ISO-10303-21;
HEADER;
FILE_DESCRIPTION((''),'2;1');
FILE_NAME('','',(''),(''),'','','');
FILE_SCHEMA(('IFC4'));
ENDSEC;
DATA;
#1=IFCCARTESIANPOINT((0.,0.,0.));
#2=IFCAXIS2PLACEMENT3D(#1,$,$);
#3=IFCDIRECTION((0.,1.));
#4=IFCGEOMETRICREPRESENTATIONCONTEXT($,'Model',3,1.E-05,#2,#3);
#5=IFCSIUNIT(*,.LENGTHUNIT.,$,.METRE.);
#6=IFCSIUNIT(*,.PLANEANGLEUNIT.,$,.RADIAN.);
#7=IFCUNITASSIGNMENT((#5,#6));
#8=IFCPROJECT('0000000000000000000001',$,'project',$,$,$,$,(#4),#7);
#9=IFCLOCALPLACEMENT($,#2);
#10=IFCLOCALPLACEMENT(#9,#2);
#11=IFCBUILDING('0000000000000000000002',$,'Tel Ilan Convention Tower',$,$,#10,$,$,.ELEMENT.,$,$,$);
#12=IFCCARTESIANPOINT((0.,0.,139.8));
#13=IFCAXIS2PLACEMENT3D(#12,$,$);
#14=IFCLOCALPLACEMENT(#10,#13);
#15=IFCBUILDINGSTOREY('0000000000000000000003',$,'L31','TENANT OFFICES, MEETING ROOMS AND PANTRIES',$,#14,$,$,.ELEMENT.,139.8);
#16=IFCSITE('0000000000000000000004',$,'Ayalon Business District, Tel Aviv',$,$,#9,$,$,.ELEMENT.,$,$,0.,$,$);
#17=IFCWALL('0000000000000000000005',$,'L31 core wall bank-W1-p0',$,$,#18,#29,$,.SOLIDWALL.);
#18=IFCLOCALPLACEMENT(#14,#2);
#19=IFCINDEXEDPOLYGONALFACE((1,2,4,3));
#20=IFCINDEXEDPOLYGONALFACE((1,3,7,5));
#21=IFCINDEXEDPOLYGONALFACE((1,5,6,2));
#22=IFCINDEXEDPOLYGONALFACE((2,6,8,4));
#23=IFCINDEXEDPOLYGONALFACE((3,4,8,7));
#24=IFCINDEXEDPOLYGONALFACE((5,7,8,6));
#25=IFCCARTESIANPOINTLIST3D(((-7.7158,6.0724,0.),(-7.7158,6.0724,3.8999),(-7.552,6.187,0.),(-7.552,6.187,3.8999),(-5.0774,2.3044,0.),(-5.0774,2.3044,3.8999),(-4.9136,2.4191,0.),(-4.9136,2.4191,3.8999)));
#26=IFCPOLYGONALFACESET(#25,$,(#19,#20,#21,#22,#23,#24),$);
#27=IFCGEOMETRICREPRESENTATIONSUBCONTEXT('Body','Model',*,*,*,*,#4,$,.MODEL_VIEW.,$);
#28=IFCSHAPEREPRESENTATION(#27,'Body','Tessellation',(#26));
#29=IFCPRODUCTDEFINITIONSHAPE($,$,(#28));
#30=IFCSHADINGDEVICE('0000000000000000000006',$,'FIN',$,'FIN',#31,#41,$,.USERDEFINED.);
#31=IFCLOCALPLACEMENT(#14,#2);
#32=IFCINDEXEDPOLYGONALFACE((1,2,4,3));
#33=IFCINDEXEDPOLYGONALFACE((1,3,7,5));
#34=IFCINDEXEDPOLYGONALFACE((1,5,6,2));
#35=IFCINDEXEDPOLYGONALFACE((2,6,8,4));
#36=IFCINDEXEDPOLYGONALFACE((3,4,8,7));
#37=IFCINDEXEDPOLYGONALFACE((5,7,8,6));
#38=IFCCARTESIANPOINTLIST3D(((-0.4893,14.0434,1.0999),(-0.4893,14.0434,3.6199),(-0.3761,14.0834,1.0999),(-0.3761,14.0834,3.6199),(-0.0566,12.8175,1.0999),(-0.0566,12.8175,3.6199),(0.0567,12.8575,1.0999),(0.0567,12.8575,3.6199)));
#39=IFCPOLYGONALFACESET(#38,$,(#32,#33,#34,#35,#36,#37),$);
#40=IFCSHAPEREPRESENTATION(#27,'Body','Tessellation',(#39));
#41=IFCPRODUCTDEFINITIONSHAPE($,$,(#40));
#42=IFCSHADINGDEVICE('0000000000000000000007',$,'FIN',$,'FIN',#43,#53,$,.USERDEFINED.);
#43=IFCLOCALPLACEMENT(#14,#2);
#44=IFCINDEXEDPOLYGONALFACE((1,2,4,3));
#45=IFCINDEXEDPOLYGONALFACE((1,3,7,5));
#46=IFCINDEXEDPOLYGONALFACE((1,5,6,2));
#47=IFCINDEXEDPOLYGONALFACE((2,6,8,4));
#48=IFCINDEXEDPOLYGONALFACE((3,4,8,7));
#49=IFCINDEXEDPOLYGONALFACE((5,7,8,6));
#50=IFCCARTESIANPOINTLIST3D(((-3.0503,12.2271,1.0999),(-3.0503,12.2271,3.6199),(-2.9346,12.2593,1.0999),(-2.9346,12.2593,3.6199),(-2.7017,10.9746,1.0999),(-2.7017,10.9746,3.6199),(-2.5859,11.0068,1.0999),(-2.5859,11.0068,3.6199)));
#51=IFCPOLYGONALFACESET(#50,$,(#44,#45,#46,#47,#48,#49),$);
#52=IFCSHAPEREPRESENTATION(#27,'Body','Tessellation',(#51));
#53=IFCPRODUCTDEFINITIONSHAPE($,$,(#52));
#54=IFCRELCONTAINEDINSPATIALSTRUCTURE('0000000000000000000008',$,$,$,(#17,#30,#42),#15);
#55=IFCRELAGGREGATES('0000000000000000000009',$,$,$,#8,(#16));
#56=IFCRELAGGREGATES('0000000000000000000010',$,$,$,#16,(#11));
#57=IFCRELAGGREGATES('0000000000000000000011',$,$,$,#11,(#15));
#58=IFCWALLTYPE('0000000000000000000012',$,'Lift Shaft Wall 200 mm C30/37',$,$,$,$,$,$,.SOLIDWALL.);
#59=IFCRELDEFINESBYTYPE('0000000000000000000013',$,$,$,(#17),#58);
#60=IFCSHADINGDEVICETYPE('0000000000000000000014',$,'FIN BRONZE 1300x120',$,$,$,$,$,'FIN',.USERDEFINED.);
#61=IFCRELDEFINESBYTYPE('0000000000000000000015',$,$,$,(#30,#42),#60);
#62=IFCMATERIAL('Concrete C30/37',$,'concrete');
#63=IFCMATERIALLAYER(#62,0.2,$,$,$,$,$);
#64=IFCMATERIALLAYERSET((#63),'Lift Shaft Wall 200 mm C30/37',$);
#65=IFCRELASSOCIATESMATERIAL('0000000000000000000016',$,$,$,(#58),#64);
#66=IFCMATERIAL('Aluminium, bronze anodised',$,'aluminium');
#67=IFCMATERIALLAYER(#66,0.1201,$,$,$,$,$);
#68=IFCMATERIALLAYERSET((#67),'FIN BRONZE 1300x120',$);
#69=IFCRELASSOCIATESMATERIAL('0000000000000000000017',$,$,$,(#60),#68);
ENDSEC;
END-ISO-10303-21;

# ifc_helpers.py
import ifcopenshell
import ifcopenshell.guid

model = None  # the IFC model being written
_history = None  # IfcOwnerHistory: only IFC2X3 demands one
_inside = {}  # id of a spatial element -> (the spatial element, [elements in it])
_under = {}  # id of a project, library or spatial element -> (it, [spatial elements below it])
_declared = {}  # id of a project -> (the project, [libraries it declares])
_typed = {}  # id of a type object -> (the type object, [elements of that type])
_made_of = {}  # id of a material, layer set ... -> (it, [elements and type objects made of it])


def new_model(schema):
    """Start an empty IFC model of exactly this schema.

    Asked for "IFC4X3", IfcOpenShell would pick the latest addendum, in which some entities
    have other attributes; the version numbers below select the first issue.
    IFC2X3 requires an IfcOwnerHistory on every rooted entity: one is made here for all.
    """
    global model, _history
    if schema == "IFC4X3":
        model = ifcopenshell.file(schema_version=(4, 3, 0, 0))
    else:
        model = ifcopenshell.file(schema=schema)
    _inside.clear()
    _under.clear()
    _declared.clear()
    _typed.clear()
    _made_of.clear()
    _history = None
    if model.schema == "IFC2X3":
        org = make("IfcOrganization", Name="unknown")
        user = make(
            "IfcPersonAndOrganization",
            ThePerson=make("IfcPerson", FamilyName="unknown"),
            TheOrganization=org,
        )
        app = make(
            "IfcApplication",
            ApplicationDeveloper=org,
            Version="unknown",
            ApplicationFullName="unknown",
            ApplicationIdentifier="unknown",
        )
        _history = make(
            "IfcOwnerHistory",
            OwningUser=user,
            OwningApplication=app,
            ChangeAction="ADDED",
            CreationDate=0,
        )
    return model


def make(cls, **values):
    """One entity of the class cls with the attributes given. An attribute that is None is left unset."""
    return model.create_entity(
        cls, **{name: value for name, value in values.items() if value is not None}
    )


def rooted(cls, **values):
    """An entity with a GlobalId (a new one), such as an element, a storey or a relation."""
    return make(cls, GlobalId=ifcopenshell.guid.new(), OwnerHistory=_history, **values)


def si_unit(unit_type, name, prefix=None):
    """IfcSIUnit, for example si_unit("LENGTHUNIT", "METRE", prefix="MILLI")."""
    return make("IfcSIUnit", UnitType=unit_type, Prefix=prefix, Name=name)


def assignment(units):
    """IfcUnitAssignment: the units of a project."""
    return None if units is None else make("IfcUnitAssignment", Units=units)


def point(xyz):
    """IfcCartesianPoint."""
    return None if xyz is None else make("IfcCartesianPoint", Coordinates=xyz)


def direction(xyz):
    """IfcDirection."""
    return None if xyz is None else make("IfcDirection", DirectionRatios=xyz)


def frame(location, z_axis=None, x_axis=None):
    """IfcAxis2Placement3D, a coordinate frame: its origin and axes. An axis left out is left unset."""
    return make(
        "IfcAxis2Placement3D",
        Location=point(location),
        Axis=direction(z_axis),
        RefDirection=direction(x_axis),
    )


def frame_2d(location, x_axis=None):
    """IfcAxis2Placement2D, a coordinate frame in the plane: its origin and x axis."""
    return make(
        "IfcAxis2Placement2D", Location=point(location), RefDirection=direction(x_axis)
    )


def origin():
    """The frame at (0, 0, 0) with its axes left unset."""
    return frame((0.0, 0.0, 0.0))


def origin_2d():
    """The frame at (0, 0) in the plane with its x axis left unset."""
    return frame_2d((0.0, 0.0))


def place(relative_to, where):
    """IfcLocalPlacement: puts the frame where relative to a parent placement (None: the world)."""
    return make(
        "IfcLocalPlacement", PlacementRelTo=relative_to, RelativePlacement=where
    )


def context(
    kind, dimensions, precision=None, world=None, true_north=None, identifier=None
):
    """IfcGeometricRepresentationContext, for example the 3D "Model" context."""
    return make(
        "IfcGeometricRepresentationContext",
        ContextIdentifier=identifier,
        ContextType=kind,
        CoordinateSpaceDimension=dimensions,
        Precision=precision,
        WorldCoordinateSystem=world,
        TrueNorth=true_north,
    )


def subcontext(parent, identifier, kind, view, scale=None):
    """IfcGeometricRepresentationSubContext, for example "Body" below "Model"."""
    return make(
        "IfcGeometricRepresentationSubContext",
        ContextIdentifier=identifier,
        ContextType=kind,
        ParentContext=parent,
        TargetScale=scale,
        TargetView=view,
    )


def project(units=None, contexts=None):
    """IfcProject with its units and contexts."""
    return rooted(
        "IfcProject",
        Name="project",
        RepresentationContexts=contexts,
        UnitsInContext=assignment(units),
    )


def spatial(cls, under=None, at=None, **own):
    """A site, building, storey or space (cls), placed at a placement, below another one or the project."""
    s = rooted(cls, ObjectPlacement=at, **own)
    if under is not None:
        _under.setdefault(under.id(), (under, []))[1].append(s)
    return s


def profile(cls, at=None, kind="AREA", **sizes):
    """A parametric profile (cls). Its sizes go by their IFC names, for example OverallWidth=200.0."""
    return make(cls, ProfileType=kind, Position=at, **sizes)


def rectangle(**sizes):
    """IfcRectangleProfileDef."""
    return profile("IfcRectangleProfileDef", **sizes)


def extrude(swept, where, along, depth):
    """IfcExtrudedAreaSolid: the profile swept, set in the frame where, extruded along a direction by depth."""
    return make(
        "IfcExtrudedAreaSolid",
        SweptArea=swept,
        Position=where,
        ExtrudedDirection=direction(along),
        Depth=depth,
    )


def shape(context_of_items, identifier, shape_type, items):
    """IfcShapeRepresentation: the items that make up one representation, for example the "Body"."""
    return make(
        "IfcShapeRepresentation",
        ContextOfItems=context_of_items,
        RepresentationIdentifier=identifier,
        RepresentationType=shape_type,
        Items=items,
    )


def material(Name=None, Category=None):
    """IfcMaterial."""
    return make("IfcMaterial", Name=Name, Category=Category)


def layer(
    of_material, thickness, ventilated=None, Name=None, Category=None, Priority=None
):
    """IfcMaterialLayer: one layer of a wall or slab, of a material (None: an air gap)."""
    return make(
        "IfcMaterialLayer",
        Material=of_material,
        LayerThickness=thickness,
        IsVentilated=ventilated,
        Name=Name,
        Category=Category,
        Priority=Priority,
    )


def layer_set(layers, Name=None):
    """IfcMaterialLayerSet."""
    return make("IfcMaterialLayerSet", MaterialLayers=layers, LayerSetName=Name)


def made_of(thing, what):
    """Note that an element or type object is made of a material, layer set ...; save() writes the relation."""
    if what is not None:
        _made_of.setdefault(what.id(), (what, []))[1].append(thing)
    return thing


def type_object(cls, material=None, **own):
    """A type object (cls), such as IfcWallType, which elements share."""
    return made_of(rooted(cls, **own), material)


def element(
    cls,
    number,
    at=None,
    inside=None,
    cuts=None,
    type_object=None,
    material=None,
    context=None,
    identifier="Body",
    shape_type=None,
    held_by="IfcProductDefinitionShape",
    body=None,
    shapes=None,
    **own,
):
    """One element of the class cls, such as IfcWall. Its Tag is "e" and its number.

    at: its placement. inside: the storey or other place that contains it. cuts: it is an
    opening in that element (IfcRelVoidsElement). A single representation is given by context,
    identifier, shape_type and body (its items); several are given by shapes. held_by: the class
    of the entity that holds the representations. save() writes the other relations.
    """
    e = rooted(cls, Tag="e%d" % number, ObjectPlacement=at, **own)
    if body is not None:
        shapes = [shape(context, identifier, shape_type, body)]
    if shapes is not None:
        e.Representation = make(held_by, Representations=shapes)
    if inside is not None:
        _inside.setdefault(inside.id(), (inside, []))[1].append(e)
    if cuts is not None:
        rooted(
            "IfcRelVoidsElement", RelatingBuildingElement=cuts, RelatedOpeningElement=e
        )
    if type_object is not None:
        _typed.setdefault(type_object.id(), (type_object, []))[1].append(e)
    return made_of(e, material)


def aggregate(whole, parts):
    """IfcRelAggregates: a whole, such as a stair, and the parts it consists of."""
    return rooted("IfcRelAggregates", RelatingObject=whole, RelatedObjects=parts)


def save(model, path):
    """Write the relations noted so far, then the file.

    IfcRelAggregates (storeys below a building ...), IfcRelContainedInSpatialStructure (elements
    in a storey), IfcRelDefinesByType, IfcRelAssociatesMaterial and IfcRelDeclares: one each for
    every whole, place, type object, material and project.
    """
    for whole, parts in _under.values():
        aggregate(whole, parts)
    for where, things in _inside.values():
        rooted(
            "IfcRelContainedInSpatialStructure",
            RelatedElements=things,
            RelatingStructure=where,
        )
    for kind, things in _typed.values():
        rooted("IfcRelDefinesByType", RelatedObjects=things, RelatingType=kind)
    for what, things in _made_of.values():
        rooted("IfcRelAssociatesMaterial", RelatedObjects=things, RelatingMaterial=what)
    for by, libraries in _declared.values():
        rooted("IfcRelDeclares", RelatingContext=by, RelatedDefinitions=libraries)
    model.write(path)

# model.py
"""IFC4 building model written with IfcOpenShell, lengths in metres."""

from ifc_helpers import new_model, si_unit, direction, frame, frame_2d, origin, origin_2d, place, context, subcontext, project, spatial, rectangle, extrude, material, layer, layer_set, type_object, element, save


model = new_model("IFC4")

# Units and contexts
model_context = context("Model", 3, precision=1e-05, world=origin(), true_north=direction((0.0, 1.0)))
body_context = subcontext(model_context, "Body", "Model", "MODEL_VIEW")
ifc_project = project(units=[si_unit("LENGTHUNIT", "METRE"), si_unit("PLANEANGLEUNIT", "RADIAN")], contexts=[model_context])

# Site, building, storey
site_placement = place(None, origin())
site = spatial("IfcSite", under=ifc_project, at=site_placement, Name="Ayalon Business District, Tel Aviv", CompositionType="ELEMENT", RefElevation=0.0)
building_placement = place(site_placement, origin())
building = spatial("IfcBuilding", under=site, at=building_placement, Name="Tel Ilan Convention Tower", CompositionType="ELEMENT")
storey_placement = place(building_placement, frame((0.0, 0.0, 139.8)))
storey = spatial("IfcBuildingStorey", under=building, at=storey_placement, Name="L31", Description="TENANT OFFICES, MEETING ROOMS AND PANTRIES", CompositionType="ELEMENT", Elevation=139.8)

# Wall
ifc_material_1 = material(Name="Concrete C30/37", Category="concrete")
ifc_layer_1 = layer(ifc_material_1, 0.2)
ifc_layer_set_1 = layer_set([ifc_layer_1], Name="Lift Shaft Wall 200 mm C30/37")
wall_type_1 = type_object("IfcWallType", Name="Lift Shaft Wall 200 mm C30/37", PredefinedType="SOLIDWALL", material=ifc_layer_set_1)
wall_1_placement = place(storey_placement, frame((-4.9956, 2.3618, 0.0), z_axis=(0.0, 0.0, 1.0), x_axis=(-0.573576, 0.819152, 0.0)))
element("IfcWall", 1, at=wall_1_placement, inside=storey, type_object=wall_type_1, Name="L31 core wall bank-W1-p0", PredefinedType="SOLIDWALL", context=body_context, shape_type="SweptSolid", body=[
    extrude(rectangle(XDim=4.5999, YDim=0.2, at=frame_2d((2.2998, 0.0))), origin(), (0.0, 0.0, 1.0), 3.8999),
])

# Shading devices
ifc_material_2 = material(Name="Aluminium, bronze anodised", Category="aluminium")
ifc_layer_2 = layer(ifc_material_2, 0.1201)
ifc_layer_set_2 = layer_set([ifc_layer_2], Name="FIN BRONZE 1300x120")
shading_device_type = type_object("IfcShadingDeviceType", Name="FIN BRONZE 1300x120", ElementType="FIN", PredefinedType="USERDEFINED", material=ifc_layer_set_2)
for number, where, z_axis, x_axis, name in (
    (2, (-0.2163, 13.4504, 1.0999), (0.0, 0.0, 1.0), (-0.332893, 0.942965, 0.0), "FIN"),
    (3, (-2.8181, 11.6169, 1.0999), (0.0, 0.0, 1.0), (-0.268173, 0.963371, 0.0), "FIN"),
):
    element("IfcShadingDevice", number, at=place(storey_placement, frame(where, z_axis=z_axis, x_axis=x_axis)), inside=storey, type_object=shading_device_type, Name=name, ObjectType="FIN", PredefinedType="USERDEFINED", context=body_context, shape_type="SweptSolid", body=[
        extrude(rectangle(XDim=1.3, YDim=0.1201, at=origin_2d()), origin(), (0.0, 0.0, 1.0), 2.52),
    ])

save(model, "model.ifc")
